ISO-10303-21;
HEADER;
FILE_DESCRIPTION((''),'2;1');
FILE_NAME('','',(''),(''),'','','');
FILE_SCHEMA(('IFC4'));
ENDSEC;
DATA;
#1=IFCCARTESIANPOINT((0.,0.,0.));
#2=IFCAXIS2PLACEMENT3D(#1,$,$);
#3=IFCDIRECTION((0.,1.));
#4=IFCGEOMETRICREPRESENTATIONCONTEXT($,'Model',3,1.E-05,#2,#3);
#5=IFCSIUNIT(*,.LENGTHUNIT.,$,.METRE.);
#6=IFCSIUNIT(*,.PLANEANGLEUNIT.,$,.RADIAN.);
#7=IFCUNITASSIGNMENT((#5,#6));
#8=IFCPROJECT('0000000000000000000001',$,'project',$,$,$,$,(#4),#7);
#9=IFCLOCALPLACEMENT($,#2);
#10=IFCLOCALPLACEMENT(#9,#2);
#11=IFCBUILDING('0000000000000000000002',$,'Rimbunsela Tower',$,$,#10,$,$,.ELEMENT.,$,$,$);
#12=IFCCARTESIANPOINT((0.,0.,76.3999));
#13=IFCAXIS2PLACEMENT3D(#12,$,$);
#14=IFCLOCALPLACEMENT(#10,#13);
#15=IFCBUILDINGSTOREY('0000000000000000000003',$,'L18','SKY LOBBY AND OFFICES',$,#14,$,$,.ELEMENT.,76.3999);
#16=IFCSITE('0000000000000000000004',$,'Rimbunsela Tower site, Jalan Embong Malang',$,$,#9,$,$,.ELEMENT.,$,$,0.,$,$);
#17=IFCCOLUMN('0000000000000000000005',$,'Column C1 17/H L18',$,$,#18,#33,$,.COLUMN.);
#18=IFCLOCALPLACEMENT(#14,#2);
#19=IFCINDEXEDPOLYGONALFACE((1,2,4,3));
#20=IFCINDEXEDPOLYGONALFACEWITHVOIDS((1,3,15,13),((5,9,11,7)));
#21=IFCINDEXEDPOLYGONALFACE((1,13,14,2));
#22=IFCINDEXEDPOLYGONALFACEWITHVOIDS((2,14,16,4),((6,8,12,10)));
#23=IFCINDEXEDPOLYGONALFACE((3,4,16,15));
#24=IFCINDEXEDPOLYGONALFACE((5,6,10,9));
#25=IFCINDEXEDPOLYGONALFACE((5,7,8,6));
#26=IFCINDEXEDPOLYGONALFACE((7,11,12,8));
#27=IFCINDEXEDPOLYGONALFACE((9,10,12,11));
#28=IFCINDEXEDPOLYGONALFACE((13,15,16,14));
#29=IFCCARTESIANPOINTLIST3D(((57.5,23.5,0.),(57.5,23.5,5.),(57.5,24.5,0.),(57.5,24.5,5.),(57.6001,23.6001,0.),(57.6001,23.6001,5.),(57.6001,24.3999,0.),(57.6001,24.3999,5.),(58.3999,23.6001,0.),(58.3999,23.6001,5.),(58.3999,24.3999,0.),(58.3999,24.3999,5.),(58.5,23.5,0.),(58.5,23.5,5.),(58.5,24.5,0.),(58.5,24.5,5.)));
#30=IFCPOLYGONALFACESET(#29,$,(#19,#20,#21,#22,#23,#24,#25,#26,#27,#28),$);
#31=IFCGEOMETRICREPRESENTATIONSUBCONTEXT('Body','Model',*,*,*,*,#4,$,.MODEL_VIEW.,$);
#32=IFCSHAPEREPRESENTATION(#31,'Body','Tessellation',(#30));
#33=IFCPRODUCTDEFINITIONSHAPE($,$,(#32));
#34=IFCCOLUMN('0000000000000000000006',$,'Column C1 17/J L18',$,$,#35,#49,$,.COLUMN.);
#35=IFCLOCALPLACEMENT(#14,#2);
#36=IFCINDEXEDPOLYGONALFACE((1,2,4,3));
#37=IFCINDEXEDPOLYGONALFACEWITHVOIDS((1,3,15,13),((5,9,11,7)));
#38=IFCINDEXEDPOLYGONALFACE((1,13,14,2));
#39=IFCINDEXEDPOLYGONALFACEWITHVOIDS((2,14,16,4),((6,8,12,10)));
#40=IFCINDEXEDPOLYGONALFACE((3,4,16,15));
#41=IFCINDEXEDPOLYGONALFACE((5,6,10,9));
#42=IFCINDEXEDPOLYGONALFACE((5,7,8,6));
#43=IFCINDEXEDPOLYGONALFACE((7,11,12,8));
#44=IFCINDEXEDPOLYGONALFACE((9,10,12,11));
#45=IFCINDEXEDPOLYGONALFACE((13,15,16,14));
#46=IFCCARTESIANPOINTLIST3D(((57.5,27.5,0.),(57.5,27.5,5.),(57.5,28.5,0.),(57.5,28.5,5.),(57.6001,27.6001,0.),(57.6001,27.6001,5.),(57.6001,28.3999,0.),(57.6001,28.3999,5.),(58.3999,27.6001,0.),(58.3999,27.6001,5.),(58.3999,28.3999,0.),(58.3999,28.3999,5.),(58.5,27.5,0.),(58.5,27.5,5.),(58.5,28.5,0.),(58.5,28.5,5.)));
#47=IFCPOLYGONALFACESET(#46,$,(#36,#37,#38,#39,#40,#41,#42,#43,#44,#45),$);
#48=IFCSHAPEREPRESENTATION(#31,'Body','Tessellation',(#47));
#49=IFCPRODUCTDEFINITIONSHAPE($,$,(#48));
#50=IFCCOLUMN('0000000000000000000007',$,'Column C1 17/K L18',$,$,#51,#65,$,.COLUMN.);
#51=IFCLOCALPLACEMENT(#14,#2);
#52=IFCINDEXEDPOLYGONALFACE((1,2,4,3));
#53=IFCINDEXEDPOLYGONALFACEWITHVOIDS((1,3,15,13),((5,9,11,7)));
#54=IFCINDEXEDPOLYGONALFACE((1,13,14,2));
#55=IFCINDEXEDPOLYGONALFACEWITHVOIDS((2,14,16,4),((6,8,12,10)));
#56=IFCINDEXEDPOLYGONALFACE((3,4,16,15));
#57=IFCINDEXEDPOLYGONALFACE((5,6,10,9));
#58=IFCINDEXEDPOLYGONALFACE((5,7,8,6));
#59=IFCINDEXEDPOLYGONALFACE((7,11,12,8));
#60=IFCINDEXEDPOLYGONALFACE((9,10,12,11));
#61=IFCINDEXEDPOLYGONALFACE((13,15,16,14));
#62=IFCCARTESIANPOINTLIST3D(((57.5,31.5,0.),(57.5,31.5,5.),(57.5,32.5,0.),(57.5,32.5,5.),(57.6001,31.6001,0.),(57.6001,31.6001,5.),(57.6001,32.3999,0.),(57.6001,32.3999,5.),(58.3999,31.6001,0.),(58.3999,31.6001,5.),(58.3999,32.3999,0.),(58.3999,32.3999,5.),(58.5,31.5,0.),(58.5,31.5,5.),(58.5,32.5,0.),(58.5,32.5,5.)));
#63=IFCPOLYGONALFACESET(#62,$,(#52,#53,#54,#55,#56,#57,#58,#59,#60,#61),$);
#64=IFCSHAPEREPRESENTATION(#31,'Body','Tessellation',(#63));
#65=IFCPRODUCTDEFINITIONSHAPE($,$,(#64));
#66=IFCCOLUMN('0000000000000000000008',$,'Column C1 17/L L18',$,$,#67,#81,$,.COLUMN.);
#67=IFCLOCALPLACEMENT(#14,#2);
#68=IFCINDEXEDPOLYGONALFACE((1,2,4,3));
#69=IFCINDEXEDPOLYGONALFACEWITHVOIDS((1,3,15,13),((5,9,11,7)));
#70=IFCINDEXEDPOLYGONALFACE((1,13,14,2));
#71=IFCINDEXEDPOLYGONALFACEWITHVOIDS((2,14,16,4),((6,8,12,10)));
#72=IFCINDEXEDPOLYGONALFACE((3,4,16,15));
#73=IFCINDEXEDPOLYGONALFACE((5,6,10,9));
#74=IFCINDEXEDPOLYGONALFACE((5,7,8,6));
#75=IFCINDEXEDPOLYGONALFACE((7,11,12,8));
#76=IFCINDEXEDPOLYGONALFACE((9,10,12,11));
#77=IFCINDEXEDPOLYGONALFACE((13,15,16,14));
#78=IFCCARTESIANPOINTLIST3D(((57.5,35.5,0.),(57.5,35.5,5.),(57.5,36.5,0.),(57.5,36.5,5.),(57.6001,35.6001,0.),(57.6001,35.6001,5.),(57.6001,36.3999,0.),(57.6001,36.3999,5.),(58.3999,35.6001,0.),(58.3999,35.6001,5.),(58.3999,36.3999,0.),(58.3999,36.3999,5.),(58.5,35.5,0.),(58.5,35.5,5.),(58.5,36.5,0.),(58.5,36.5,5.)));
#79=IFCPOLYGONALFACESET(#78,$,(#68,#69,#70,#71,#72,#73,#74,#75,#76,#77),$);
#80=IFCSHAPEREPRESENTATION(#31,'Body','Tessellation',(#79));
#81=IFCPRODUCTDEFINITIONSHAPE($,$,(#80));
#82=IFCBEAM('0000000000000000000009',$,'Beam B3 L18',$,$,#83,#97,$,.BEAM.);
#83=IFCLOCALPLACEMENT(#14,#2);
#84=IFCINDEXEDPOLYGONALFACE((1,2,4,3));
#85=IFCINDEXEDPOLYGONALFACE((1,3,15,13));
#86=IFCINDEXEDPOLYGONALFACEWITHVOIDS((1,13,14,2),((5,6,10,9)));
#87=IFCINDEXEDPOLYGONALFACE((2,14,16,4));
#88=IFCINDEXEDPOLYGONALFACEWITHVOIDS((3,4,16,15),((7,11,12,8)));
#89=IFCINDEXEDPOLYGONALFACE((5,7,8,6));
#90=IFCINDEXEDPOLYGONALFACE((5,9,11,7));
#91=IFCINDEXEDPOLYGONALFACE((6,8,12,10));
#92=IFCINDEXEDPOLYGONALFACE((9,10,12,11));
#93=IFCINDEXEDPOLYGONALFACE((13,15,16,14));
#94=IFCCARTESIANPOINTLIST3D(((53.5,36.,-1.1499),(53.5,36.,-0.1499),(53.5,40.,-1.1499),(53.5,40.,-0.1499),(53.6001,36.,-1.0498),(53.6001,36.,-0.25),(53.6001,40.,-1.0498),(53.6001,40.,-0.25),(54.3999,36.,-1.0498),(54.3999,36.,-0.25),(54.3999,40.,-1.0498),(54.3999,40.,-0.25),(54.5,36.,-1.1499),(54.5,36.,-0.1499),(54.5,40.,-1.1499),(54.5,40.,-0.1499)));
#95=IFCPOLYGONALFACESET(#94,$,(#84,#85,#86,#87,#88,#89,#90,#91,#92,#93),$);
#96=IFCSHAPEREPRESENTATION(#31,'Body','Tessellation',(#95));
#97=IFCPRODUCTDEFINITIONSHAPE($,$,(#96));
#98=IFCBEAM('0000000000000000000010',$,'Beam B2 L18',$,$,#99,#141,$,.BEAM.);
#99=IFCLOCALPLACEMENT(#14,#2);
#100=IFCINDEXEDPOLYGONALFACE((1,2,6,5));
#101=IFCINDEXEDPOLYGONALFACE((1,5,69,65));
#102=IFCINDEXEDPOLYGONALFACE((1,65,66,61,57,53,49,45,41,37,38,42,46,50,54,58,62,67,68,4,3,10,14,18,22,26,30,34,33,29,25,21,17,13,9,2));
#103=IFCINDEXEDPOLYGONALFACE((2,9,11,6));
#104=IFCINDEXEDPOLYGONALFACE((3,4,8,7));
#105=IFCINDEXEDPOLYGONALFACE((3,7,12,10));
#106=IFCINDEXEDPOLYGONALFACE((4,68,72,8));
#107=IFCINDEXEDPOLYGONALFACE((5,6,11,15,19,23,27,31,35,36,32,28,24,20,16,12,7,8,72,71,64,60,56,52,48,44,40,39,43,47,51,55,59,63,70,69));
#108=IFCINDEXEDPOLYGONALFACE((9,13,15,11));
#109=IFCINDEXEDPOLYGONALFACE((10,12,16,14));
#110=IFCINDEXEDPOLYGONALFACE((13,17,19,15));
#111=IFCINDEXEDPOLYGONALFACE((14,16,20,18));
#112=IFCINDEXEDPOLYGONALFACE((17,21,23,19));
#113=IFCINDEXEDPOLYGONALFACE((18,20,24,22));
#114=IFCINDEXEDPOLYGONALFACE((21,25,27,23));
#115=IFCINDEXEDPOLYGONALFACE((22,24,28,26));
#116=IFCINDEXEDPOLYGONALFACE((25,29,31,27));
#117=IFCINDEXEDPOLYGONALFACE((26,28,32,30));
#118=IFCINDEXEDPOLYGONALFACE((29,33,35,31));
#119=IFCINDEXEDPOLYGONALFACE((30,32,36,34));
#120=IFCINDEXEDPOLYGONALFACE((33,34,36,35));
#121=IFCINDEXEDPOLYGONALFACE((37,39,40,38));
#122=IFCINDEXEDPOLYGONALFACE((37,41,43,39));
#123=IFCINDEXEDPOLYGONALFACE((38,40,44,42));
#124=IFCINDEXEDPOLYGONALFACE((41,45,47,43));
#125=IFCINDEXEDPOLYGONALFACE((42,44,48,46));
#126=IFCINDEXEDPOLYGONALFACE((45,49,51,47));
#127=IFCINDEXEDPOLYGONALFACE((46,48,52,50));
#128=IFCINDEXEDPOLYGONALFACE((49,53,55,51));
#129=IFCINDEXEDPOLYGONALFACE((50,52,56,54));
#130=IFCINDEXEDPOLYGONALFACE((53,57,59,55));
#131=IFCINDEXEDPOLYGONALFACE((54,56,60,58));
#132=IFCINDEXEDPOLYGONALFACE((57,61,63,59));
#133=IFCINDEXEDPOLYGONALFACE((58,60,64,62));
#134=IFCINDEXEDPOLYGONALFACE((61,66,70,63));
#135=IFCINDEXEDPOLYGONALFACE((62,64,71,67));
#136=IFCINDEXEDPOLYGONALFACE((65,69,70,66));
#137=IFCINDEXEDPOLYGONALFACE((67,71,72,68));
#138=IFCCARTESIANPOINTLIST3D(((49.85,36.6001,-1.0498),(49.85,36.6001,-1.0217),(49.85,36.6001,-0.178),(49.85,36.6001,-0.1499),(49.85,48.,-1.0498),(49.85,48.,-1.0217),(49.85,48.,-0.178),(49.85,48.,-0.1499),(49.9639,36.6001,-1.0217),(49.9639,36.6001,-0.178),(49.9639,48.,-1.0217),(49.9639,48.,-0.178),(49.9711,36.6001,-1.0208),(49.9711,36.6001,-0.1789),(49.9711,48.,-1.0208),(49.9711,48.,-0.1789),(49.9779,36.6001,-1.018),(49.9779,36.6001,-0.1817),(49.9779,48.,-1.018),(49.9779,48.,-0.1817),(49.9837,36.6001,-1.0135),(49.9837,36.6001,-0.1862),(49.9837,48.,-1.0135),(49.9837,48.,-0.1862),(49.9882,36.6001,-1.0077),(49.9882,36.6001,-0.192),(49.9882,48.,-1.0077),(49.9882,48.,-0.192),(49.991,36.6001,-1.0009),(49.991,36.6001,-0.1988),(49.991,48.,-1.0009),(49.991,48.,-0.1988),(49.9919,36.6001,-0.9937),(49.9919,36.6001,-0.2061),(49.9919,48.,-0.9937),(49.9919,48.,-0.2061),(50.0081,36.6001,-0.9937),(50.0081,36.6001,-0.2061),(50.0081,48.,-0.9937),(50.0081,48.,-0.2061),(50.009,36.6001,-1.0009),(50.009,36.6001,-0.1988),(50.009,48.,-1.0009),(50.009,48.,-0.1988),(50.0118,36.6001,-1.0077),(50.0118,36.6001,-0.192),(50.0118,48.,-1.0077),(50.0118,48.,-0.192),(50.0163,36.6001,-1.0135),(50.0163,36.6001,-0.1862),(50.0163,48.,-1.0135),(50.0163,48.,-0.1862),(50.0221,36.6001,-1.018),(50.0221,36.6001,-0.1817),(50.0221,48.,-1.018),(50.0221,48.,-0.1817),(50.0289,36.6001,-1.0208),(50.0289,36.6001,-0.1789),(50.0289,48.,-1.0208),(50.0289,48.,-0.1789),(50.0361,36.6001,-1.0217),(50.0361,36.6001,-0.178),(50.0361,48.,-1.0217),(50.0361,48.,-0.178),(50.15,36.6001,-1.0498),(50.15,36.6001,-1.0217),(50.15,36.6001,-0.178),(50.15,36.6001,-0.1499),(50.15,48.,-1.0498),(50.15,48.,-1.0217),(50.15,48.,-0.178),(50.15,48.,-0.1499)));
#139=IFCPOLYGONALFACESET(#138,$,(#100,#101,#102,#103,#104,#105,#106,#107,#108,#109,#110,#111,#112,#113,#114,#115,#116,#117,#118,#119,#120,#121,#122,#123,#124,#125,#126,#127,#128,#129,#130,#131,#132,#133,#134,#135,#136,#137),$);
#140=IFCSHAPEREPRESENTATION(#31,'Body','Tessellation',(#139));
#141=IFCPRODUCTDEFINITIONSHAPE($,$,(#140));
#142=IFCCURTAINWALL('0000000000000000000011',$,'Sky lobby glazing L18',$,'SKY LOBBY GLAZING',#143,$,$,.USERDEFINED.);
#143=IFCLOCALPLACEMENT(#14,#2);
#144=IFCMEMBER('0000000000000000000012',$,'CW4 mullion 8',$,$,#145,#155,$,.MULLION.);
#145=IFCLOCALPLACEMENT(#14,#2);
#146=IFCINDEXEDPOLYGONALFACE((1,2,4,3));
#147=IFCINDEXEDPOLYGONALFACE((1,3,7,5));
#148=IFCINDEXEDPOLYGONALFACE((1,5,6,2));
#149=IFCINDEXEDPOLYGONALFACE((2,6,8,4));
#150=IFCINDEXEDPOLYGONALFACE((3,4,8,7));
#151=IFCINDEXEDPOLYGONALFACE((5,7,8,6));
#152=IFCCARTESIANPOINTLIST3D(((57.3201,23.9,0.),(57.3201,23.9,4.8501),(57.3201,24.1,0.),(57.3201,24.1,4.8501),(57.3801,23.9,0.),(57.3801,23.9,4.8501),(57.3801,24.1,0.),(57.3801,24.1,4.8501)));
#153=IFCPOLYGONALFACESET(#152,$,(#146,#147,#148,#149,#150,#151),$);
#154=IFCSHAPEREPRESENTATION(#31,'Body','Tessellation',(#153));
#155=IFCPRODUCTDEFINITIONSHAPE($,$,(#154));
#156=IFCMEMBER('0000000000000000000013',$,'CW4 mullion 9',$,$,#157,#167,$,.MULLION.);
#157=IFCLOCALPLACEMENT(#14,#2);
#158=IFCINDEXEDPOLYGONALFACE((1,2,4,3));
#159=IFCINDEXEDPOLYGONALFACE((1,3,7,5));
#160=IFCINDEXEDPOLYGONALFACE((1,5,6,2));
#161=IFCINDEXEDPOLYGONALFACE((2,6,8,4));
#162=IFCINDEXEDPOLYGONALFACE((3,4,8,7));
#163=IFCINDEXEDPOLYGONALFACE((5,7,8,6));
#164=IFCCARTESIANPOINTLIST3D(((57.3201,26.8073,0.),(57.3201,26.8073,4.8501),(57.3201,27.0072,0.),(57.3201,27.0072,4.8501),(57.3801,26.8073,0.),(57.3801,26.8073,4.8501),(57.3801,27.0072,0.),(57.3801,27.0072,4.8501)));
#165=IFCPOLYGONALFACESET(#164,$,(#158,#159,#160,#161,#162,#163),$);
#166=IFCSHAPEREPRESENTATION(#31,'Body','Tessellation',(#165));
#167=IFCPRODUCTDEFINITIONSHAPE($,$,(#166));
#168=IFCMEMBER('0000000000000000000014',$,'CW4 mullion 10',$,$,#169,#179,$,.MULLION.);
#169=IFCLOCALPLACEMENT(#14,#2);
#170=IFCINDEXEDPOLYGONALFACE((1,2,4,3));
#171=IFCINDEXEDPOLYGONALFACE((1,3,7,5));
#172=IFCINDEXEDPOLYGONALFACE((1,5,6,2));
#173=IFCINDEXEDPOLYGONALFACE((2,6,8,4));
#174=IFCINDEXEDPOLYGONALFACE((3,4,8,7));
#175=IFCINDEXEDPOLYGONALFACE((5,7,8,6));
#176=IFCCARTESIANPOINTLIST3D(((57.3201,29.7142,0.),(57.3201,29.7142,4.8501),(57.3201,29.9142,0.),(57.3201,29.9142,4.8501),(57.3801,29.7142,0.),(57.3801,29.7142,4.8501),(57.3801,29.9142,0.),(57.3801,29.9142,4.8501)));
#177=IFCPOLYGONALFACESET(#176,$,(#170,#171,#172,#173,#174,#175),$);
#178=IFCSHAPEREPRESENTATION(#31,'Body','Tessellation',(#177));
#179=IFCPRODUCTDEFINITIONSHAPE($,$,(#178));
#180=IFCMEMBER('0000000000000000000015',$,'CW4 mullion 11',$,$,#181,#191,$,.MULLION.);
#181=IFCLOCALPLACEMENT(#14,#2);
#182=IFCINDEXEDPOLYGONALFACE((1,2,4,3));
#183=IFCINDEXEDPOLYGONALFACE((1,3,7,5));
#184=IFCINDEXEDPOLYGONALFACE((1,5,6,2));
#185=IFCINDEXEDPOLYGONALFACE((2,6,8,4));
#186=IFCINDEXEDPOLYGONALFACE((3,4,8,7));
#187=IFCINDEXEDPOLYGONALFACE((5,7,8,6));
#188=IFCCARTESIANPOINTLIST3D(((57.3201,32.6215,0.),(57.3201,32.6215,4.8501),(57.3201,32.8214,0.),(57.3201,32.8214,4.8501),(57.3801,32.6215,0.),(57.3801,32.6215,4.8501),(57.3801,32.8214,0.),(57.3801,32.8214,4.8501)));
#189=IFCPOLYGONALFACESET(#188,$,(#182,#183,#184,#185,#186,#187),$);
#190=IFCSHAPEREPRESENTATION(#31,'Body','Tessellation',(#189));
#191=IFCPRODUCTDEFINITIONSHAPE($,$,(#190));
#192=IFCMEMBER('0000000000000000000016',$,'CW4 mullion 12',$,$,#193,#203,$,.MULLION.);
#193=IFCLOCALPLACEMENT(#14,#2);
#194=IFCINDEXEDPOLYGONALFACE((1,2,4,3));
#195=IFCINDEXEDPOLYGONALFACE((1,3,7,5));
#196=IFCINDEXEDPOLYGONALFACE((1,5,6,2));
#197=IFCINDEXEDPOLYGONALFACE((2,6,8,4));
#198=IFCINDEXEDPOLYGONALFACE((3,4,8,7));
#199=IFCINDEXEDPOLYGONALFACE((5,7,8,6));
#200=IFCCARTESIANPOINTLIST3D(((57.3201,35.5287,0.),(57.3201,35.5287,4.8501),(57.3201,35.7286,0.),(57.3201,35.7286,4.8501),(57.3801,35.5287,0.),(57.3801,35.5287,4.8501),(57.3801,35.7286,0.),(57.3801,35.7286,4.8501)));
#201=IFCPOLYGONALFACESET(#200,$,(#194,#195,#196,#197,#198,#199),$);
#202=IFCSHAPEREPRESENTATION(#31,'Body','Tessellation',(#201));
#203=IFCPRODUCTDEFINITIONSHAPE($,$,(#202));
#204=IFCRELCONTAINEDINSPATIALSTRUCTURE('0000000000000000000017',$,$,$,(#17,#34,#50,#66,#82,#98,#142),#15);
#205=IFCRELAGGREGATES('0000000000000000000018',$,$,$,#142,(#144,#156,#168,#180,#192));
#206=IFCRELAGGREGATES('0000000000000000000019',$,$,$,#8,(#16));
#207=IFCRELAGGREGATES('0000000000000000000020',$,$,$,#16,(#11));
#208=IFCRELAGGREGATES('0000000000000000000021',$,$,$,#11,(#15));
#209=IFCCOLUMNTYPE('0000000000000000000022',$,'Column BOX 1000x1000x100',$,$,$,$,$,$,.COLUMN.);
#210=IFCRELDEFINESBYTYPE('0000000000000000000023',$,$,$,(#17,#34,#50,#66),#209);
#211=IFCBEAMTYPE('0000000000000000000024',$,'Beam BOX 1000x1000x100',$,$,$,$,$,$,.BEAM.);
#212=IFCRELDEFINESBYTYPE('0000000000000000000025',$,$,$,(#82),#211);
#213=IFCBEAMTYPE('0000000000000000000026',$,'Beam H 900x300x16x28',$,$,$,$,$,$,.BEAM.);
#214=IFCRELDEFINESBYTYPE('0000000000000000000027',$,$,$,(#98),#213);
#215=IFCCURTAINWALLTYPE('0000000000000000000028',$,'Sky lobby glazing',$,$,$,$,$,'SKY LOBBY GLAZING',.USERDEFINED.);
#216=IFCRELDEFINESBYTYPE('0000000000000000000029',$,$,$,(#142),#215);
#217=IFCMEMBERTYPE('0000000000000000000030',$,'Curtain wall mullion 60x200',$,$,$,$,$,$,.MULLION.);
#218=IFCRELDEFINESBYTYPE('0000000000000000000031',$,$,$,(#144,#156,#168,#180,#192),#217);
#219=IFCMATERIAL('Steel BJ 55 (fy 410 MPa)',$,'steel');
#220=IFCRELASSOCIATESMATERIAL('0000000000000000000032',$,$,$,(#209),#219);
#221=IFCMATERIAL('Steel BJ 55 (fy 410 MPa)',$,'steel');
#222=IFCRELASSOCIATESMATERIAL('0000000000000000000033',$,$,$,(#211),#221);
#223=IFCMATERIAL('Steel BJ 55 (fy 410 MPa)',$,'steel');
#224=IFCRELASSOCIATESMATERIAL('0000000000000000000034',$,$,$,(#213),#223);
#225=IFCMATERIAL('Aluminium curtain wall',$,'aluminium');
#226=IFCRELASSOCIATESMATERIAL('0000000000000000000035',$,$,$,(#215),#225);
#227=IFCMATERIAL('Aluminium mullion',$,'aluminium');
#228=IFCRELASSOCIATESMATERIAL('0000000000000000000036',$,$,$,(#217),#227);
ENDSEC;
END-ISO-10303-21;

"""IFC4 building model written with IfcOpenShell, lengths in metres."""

from ifc_helpers import new_model, si_unit, direction, frame, origin, origin_2d, place, context, subcontext, project, spatial, rectangle, hollow_rectangle, i_section, extrude, material, material_profile, profile_set, type_object, element, aggregate, save


model = new_model("IFC4")

# Units and contexts
model_context = context("Model", 3, precision=1e-05, world=origin(), true_north=direction((0.0, 1.0)))
body_context = subcontext(model_context, "Body", "Model", "MODEL_VIEW")
ifc_project = project(units=[si_unit("LENGTHUNIT", "METRE"), si_unit("PLANEANGLEUNIT", "RADIAN")], contexts=[model_context])

# Site, building, storey
site_placement = place(None, origin())
site = spatial("IfcSite", under=ifc_project, at=site_placement, Name="Rimbunsela Tower site, Jalan Embong Malang", CompositionType="ELEMENT", RefElevation=0.0)
building_placement = place(site_placement, origin())
building = spatial("IfcBuilding", under=site, at=building_placement, Name="Rimbunsela Tower", CompositionType="ELEMENT")
storey_placement = place(building_placement, frame((0.0, 0.0, 76.3999)))
storey = spatial("IfcBuildingStorey", under=building, at=storey_placement, Name="L18", Description="SKY LOBBY AND OFFICES", CompositionType="ELEMENT", Elevation=76.3999)

# Columns
ifc_material_1 = material(Name="Steel BJ 55 (fy 410 MPa)", Category="steel")
ifc_material_profile_1 = material_profile(ifc_material_1, hollow_rectangle(XDim=1.0, YDim=1.0, WallThickness=0.1001, at=origin_2d()), Name="BOX 1000x1000x100")
ifc_profile_set_1 = profile_set([ifc_material_profile_1], Name="Steel BJ 55 (fy 410 MPa)")
column_type = type_object("IfcColumnType", Name="Column BOX 1000x1000x100", PredefinedType="COLUMN", material=ifc_profile_set_1)
for number, where, z_axis, x_axis, name in (
    (1, (58.0, 24.0, 0.0), (0.0, 0.0, 1.0), (1.0, 0.0, 0.0), "Column C1 17/H L18"),
    (2, (58.0, 28.0, 0.0), (0.0, 0.0, 1.0), (1.0, 0.0, 0.0), "Column C1 17/J L18"),
    (3, (58.0, 32.0, 0.0), (0.0, 0.0, 1.0), (1.0, 0.0, 0.0), "Column C1 17/K L18"),
    (4, (58.0, 36.0, 0.0), (0.0, 0.0, 1.0), (1.0, 0.0, 0.0), "Column C1 17/L L18"),
):
    element("IfcColumn", number, at=place(storey_placement, frame(where, z_axis=z_axis, x_axis=x_axis)), inside=storey, type_object=column_type, Name=name, PredefinedType="COLUMN", context=body_context, shape_type="SweptSolid", body=[
        extrude(hollow_rectangle(XDim=1.0, YDim=1.0, WallThickness=0.1001, at=origin_2d()), origin(), (0.0, 0.0, 1.0), 5.0),
    ])

# Beams
ifc_material_2 = material(Name="Steel BJ 55 (fy 410 MPa)", Category="steel")
ifc_material_profile_2 = material_profile(ifc_material_2, hollow_rectangle(XDim=1.0, YDim=1.0, WallThickness=0.1001, at=origin_2d()), Name="BOX 1000x1000x100")
ifc_profile_set_2 = profile_set([ifc_material_profile_2], Name="Steel BJ 55 (fy 410 MPa)")
beam_type_1 = type_object("IfcBeamType", Name="Beam BOX 1000x1000x100", PredefinedType="BEAM", material=ifc_profile_set_2)
beam_1_placement = place(storey_placement, frame((54.0, 36.0, -0.6499), z_axis=(0.0, 1.0, 0.0), x_axis=(-1.0, 0.0, 0.0)))
element("IfcBeam", 5, at=beam_1_placement, inside=storey, type_object=beam_type_1, Name="Beam B3 L18", PredefinedType="BEAM", context=body_context, shape_type="SweptSolid", body=[
    extrude(hollow_rectangle(XDim=1.0, YDim=1.0, WallThickness=0.1001, at=origin_2d()), origin(), (0.0, 0.0, 1.0), 4.0),
])
ifc_material_3 = material(Name="Steel BJ 55 (fy 410 MPa)", Category="steel")
ifc_material_profile_3 = material_profile(ifc_material_3, i_section(OverallWidth=0.3, OverallDepth=0.8999, WebThickness=0.0161, FlangeThickness=0.0281, FilletRadius=0.0281, at=origin_2d()), Name="H 900x300x16x28")
ifc_profile_set_3 = profile_set([ifc_material_profile_3], Name="Steel BJ 55 (fy 410 MPa)")
beam_type_2 = type_object("IfcBeamType", Name="Beam H 900x300x16x28", PredefinedType="BEAM", material=ifc_profile_set_3)
beam_2_placement = place(storey_placement, frame((50.0, 36.6001, -0.5999), z_axis=(0.0, 1.0, 0.0), x_axis=(-1.0, 0.0, 0.0)))
element("IfcBeam", 6, at=beam_2_placement, inside=storey, type_object=beam_type_2, Name="Beam B2 L18", PredefinedType="BEAM", context=body_context, shape_type="SweptSolid", body=[
    extrude(i_section(OverallWidth=0.3, OverallDepth=0.8999, WebThickness=0.0161, FlangeThickness=0.0281, FilletRadius=0.0281, at=origin_2d()), origin(), (0.0, 0.0, 1.0), 11.3999),
])

# Curtain wall, members
ifc_material_4 = material(Name="Aluminium curtain wall", Category="aluminium")
curtain_wall_type = type_object("IfcCurtainWallType", Name="Sky lobby glazing", ElementType="SKY LOBBY GLAZING", PredefinedType="USERDEFINED", material=ifc_material_4)
curtain_wall_placement = place(storey_placement, origin())
curtain_wall = element("IfcCurtainWall", 7, at=curtain_wall_placement, inside=storey, type_object=curtain_wall_type, Name="Sky lobby glazing L18", ObjectType="SKY LOBBY GLAZING", PredefinedType="USERDEFINED")
ifc_material_5 = material(Name="Aluminium mullion", Category="aluminium")
ifc_material_profile_4 = material_profile(ifc_material_5, rectangle(XDim=0.0601, YDim=0.2, at=origin_2d()), Name="Mullion 60x200")
ifc_profile_set_4 = profile_set([ifc_material_profile_4], Name="Aluminium mullion")
member_type_1 = type_object("IfcMemberType", Name="Curtain wall mullion 60x200", PredefinedType="MULLION", material=ifc_profile_set_4)
member_1_placement = place(storey_placement, frame((57.3501, 24.0, 0.0), z_axis=(0.0, 0.0, 1.0), x_axis=(-1.0, 0.0, 0.0)))
member_1 = element("IfcMember", 8, at=member_1_placement, type_object=member_type_1, Name="CW4 mullion 8", PredefinedType="MULLION", context=body_context, shape_type="SweptSolid", body=[
    extrude(rectangle(XDim=0.0601, YDim=0.2, at=origin_2d()), origin(), (0.0, 0.0, 1.0), 4.8501),
])
member_2_placement = place(storey_placement, frame((57.3501, 26.9072, 0.0), z_axis=(0.0, 0.0, 1.0), x_axis=(-1.0, 0.0, 0.0)))
member_2 = element("IfcMember", 9, at=member_2_placement, type_object=member_type_1, Name="CW4 mullion 9", PredefinedType="MULLION", context=body_context, shape_type="SweptSolid", body=[
    extrude(rectangle(XDim=0.0601, YDim=0.2, at=origin_2d()), origin(), (0.0, 0.0, 1.0), 4.8501),
])
member_3_placement = place(storey_placement, frame((57.3501, 29.8142, 0.0), z_axis=(0.0, 0.0, 1.0), x_axis=(-1.0, 0.0, 0.0)))
member_3 = element("IfcMember", 10, at=member_3_placement, type_object=member_type_1, Name="CW4 mullion 10", PredefinedType="MULLION", context=body_context, shape_type="SweptSolid", body=[
    extrude(rectangle(XDim=0.0601, YDim=0.2, at=origin_2d()), origin(), (0.0, 0.0, 1.0), 4.8501),
])
member_4_placement = place(storey_placement, frame((57.3501, 32.7214, 0.0), z_axis=(0.0, 0.0, 1.0), x_axis=(-1.0, 0.0, 0.0)))
member_4 = element("IfcMember", 11, at=member_4_placement, type_object=member_type_1, Name="CW4 mullion 11", PredefinedType="MULLION", context=body_context, shape_type="SweptSolid", body=[
    extrude(rectangle(XDim=0.0601, YDim=0.2, at=origin_2d()), origin(), (0.0, 0.0, 1.0), 4.8501),
])
member_5_placement = place(storey_placement, frame((57.3501, 35.6287, 0.0), z_axis=(0.0, 0.0, 1.0), x_axis=(-1.0, 0.0, 0.0)))
member_5 = element("IfcMember", 12, at=member_5_placement, type_object=member_type_1, Name="CW4 mullion 12", PredefinedType="MULLION", context=body_context, shape_type="SweptSolid", body=[
    extrude(rectangle(XDim=0.0601, YDim=0.2, at=origin_2d()), origin(), (0.0, 0.0, 1.0), 4.8501),
])
aggregate(curtain_wall, [member_1, member_2, member_3, member_4, member_5])

save(model, "model.ifc")
